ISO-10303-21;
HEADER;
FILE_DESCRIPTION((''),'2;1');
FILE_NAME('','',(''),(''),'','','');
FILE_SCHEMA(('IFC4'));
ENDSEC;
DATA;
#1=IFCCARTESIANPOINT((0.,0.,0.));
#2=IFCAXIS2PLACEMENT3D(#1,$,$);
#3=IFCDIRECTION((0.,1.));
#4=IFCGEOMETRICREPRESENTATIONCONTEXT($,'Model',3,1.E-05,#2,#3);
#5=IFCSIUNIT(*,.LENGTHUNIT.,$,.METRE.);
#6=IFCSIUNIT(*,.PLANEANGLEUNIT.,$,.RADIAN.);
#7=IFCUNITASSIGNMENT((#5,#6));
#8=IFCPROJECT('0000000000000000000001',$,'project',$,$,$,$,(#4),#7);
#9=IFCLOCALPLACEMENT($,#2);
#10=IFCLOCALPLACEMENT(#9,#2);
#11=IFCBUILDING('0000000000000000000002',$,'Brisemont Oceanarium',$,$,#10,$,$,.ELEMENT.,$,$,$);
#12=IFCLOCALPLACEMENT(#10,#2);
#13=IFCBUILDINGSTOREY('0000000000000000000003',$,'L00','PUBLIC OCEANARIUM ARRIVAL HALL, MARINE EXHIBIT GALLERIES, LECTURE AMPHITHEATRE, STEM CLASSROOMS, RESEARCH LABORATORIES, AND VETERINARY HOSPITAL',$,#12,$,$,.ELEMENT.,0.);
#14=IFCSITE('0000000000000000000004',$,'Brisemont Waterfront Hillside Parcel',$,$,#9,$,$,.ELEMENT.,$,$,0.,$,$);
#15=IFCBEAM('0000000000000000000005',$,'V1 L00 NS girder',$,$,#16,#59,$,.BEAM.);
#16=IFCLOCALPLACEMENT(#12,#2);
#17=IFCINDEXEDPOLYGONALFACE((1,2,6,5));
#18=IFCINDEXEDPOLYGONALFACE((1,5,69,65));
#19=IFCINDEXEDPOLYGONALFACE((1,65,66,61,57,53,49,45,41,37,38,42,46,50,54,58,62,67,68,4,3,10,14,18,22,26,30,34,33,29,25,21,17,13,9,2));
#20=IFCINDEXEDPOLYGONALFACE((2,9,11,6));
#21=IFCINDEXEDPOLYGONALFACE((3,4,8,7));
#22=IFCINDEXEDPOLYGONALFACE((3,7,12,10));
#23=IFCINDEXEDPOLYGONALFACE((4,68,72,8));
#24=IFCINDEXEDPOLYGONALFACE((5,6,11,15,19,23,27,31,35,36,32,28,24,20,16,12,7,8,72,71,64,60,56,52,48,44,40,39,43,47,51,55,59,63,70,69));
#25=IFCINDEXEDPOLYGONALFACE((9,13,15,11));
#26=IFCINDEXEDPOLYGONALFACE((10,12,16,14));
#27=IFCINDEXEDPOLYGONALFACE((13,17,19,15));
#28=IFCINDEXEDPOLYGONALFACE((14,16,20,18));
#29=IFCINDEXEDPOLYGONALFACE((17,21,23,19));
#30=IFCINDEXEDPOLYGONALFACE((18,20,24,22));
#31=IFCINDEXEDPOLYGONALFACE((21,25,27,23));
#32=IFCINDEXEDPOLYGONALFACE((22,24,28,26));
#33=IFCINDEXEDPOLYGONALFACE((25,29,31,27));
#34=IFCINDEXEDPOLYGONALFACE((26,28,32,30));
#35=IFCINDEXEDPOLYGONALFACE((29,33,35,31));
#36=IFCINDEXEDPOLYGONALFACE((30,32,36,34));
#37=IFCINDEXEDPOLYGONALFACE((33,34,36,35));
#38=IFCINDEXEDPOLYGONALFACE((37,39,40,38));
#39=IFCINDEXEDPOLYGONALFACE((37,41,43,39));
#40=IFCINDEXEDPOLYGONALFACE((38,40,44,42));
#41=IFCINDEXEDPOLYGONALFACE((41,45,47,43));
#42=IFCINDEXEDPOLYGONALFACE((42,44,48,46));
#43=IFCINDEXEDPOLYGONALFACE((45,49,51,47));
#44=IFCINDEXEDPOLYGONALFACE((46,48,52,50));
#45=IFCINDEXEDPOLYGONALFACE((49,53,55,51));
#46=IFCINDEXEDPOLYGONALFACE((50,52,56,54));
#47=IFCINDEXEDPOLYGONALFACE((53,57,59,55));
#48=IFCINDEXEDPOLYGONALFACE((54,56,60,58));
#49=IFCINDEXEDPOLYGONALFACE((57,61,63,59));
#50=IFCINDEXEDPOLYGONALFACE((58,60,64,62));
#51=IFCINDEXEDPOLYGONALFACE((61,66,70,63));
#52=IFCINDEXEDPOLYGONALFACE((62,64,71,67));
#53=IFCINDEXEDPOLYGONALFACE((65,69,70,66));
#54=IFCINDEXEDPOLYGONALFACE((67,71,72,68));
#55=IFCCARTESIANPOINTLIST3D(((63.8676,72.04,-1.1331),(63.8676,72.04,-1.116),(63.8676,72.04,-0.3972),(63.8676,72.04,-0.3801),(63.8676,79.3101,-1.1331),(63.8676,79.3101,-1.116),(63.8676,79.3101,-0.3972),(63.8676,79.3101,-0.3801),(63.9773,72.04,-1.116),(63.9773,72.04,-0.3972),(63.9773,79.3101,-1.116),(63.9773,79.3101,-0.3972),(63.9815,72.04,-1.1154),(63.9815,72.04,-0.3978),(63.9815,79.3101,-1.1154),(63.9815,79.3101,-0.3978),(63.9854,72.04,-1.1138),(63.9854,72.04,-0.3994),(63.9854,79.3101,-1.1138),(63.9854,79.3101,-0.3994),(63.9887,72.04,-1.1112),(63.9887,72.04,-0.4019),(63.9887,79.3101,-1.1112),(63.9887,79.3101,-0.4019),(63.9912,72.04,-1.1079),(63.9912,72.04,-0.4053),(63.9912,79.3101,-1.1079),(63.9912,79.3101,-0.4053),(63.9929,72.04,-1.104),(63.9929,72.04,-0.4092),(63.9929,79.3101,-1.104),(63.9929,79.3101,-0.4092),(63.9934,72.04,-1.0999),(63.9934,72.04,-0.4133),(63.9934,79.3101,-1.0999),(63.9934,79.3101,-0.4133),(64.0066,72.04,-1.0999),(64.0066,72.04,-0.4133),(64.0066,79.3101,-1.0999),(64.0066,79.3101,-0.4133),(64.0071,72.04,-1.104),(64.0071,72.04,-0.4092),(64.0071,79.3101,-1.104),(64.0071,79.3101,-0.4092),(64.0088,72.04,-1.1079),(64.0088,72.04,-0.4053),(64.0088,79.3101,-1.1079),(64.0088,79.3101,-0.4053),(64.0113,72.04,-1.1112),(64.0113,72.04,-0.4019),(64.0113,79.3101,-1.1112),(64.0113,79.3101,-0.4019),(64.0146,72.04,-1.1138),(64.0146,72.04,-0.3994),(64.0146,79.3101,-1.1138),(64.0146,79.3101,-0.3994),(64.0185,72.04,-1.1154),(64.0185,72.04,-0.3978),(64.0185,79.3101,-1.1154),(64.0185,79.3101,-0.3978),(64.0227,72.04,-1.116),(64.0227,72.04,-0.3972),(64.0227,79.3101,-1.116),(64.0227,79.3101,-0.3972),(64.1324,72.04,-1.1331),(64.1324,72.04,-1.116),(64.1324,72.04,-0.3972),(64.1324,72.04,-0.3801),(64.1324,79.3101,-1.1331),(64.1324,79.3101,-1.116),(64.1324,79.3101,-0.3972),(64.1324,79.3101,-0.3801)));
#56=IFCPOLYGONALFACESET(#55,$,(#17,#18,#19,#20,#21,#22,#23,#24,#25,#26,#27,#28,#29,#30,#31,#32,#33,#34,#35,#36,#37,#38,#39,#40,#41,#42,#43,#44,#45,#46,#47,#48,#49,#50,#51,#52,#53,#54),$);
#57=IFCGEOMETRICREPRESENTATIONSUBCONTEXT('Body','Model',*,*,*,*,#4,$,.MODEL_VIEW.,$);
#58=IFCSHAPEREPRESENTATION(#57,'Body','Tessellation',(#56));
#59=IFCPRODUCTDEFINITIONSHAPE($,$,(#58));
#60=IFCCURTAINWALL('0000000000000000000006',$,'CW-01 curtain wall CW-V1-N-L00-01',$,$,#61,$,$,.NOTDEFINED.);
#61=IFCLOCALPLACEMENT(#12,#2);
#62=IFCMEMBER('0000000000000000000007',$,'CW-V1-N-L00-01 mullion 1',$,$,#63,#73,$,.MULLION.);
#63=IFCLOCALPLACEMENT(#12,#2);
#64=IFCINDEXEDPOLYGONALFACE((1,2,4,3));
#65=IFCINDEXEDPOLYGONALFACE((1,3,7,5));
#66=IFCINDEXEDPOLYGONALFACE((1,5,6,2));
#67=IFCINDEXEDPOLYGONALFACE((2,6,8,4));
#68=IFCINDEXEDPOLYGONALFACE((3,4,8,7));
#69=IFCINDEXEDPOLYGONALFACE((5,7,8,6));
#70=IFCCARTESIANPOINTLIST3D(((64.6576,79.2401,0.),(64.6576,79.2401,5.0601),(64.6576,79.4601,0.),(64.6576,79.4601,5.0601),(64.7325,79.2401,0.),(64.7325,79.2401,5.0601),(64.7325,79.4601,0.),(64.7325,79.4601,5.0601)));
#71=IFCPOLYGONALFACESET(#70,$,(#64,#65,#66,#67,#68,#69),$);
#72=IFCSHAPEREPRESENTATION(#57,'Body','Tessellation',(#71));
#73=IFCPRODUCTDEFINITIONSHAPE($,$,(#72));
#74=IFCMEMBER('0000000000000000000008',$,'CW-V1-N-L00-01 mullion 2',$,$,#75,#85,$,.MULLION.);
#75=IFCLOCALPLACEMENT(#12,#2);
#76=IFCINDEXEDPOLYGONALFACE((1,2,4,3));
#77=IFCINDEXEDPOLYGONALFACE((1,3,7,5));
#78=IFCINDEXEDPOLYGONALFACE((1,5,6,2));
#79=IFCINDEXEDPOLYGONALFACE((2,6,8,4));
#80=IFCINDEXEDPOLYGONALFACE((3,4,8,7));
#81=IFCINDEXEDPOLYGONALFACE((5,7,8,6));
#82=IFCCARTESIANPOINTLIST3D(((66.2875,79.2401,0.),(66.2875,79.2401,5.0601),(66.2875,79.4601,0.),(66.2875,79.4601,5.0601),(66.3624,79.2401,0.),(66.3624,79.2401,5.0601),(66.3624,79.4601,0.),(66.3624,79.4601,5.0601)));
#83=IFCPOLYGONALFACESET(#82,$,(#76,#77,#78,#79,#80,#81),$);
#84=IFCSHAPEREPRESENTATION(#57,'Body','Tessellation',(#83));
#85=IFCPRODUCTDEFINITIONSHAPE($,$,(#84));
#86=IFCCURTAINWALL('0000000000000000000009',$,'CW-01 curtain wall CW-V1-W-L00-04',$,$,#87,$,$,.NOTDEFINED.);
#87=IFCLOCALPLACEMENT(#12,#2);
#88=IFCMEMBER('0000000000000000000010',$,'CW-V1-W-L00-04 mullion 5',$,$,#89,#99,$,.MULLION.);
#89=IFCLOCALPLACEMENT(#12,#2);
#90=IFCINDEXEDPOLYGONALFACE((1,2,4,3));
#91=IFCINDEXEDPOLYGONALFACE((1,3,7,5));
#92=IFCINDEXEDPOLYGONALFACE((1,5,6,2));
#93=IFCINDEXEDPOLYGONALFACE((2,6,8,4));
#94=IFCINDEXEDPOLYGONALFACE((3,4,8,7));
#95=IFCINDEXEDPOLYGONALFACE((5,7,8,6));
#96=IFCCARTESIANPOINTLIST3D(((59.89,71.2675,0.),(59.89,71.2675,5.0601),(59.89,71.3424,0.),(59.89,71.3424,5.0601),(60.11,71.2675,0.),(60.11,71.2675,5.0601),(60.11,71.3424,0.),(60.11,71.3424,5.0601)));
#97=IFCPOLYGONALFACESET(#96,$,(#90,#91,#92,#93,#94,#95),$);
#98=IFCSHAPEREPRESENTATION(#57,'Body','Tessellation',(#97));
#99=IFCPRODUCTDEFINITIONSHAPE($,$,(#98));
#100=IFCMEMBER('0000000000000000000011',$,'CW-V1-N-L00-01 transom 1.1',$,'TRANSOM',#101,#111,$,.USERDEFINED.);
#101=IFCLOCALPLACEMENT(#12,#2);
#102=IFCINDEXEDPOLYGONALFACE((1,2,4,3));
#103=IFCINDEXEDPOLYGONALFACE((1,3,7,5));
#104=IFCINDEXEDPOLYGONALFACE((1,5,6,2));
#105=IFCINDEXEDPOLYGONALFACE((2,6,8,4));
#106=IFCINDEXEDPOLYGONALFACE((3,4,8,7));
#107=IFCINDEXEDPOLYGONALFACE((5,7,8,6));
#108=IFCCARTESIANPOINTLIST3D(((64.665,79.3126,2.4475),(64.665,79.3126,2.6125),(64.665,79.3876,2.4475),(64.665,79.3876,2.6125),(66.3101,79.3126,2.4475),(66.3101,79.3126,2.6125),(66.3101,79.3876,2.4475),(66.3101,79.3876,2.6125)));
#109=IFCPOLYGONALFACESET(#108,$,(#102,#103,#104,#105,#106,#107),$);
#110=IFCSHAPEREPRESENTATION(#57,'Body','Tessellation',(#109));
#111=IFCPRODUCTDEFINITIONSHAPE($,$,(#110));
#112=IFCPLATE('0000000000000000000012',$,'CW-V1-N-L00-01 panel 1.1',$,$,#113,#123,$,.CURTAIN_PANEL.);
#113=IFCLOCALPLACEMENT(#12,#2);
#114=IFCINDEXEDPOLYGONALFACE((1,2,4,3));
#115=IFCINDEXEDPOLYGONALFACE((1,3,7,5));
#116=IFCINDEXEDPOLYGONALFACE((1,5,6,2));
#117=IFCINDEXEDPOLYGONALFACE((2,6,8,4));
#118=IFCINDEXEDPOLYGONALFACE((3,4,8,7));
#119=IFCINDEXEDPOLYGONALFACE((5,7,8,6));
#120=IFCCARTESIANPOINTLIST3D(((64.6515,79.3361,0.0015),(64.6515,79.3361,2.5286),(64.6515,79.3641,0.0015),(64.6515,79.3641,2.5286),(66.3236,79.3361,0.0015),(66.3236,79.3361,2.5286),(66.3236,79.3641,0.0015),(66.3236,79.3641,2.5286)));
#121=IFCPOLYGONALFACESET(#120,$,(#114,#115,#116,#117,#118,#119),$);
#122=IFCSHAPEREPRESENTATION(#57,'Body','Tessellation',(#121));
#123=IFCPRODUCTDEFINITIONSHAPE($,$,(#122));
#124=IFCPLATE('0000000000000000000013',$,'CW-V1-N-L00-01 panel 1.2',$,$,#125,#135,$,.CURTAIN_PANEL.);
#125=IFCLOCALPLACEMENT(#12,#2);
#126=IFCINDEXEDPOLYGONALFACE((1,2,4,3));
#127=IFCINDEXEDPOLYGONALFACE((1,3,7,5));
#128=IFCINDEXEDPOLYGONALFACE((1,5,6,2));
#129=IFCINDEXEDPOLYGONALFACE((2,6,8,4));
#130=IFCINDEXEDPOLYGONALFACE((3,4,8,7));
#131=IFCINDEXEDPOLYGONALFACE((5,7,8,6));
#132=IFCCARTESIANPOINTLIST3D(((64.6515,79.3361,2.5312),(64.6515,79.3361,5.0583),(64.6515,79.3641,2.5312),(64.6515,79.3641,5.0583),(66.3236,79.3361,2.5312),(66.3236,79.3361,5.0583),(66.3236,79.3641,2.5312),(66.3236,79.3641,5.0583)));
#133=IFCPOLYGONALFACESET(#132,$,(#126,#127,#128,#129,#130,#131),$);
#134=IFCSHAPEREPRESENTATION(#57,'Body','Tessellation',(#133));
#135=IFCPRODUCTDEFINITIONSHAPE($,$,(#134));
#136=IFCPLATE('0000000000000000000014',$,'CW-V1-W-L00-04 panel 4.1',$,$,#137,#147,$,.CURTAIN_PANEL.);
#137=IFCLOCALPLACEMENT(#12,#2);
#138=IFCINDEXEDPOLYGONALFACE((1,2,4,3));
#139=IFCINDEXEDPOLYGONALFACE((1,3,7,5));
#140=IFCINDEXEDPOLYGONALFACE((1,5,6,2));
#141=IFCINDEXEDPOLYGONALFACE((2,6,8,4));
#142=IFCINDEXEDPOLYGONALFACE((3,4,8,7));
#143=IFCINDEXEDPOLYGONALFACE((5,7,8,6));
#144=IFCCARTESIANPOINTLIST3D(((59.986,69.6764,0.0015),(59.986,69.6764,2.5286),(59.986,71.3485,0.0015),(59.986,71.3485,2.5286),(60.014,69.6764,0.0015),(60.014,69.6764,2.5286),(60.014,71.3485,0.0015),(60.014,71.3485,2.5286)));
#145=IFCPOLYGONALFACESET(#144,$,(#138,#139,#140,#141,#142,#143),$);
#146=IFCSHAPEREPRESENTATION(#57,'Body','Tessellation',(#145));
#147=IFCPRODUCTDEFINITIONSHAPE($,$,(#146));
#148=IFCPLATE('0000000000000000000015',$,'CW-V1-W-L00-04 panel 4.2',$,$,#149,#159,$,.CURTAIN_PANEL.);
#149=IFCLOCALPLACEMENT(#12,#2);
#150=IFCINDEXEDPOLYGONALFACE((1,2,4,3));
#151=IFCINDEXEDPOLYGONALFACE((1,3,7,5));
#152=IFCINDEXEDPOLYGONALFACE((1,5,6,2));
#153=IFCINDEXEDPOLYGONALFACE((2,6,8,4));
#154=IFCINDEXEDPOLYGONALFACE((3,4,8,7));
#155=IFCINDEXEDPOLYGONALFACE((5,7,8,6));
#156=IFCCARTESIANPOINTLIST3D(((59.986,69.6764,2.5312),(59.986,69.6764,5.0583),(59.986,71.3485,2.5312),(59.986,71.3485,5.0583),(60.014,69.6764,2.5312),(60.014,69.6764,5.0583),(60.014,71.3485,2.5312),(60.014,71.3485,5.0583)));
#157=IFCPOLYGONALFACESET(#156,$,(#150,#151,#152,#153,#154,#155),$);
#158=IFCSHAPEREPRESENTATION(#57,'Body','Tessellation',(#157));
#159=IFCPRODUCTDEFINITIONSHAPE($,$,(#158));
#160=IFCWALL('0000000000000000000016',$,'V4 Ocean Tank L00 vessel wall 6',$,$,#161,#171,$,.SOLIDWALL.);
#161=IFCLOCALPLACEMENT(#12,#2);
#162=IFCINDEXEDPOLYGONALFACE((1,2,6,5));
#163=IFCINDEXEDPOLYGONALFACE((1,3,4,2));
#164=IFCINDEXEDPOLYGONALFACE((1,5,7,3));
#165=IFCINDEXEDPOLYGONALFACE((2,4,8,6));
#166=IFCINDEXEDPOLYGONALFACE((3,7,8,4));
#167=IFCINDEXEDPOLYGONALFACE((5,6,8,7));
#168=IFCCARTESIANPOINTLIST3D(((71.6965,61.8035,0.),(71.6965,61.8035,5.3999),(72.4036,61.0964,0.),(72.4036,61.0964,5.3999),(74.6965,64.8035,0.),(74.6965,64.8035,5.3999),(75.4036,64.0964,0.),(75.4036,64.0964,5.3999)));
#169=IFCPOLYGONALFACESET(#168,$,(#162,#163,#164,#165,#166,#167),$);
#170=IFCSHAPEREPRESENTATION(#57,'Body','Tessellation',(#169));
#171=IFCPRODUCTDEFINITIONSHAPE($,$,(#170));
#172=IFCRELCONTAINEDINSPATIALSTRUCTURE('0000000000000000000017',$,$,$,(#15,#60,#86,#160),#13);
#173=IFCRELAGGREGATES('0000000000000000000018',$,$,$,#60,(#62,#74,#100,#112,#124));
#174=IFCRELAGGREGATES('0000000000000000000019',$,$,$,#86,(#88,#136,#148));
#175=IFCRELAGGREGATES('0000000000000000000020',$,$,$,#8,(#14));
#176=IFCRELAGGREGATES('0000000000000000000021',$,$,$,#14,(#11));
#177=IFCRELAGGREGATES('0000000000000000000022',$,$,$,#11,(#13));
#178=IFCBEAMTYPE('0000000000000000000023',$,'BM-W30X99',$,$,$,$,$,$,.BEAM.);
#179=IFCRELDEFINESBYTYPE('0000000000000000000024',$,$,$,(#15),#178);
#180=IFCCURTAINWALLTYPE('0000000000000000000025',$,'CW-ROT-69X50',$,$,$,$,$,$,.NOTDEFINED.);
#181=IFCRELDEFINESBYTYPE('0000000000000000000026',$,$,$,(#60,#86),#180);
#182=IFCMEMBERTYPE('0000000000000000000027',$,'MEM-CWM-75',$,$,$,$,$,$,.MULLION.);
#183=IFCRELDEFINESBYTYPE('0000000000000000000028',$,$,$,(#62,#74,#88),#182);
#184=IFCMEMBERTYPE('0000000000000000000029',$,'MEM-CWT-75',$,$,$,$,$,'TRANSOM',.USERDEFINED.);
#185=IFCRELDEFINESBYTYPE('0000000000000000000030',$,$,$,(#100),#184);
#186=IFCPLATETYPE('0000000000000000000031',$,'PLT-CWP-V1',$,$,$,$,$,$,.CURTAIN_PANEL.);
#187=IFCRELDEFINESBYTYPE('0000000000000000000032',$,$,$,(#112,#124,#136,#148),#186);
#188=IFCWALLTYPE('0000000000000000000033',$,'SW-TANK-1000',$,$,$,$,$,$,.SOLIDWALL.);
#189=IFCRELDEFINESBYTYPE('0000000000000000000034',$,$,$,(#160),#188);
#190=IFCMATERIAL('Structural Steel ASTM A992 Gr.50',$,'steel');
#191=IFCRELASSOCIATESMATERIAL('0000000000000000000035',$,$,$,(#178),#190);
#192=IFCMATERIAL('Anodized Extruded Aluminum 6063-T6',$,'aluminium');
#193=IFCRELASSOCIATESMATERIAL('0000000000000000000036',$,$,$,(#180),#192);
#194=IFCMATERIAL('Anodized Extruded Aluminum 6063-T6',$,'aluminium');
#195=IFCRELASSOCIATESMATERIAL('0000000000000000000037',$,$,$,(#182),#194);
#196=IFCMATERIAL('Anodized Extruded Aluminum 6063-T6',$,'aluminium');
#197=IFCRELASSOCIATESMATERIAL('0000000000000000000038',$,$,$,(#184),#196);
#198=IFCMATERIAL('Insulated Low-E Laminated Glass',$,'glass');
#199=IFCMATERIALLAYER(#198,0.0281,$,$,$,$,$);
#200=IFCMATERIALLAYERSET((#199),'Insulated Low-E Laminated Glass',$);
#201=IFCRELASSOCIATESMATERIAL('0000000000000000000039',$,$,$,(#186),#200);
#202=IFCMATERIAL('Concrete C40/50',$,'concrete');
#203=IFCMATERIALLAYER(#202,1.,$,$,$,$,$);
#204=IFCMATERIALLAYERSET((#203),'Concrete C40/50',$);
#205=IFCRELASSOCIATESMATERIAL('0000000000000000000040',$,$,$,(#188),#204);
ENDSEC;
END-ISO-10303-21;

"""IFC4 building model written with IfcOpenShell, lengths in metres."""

from ifc_helpers import new_model, si_unit, direction, frame, frame_2d, origin, origin_2d, place, context, subcontext, project, spatial, rectangle, i_section, extrude, material, layer, layer_set, material_profile, profile_set, type_object, element, aggregate, save


model = new_model("IFC4")

# Units and contexts
model_context = context("Model", 3, precision=1e-05, world=origin(), true_north=direction((0.0, 1.0)))
body_context = subcontext(model_context, "Body", "Model", "MODEL_VIEW")
ifc_project = project(units=[si_unit("LENGTHUNIT", "METRE"), si_unit("PLANEANGLEUNIT", "RADIAN")], contexts=[model_context])

# Site, building, storey
site_placement = place(None, origin())
site = spatial("IfcSite", under=ifc_project, at=site_placement, Name="Brisemont Waterfront Hillside Parcel", CompositionType="ELEMENT", RefElevation=0.0)
building_placement = place(site_placement, origin())
building = spatial("IfcBuilding", under=site, at=building_placement, Name="Brisemont Oceanarium", CompositionType="ELEMENT")
storey_placement = place(building_placement, origin())
storey = spatial("IfcBuildingStorey", under=building, at=storey_placement, Name="L00", Description="PUBLIC OCEANARIUM ARRIVAL HALL, MARINE EXHIBIT GALLERIES, LECTURE AMPHITHEATRE, STEM CLASSROOMS, RESEARCH LABORATORIES, AND VETERINARY HOSPITAL", CompositionType="ELEMENT", Elevation=0.0)

# Beam
ifc_material_1 = material(Name="Structural Steel ASTM A992 Gr.50", Category="steel")
ifc_material_profile_1 = material_profile(ifc_material_1, i_section(OverallWidth=0.2649, OverallDepth=0.7529, WebThickness=0.0132, FlangeThickness=0.0171, FilletRadius=0.0161, at=origin_2d()), Name="W30X99")
ifc_profile_set_1 = profile_set([ifc_material_profile_1], Name="Structural Steel ASTM A992 Gr.50")
beam_type_1 = type_object("IfcBeamType", Name="BM-W30X99", PredefinedType="BEAM", material=ifc_profile_set_1)
beam_1_placement = place(storey_placement, frame((64.0, 72.04, -0.7566), z_axis=(0.0, 1.0, 0.0), x_axis=(-1.0, 0.0, 0.0)))
element("IfcBeam", 1, at=beam_1_placement, inside=storey, type_object=beam_type_1, Name="V1 L00 NS girder", PredefinedType="BEAM", context=body_context, shape_type="SweptSolid", body=[
    extrude(i_section(OverallWidth=0.2649, OverallDepth=0.7529, WebThickness=0.0132, FlangeThickness=0.0171, FilletRadius=0.0161, at=origin_2d()), origin(), (0.0, 0.0, 1.0), 7.27),
])

# Curtain wall, members
ifc_material_2 = material(Name="Anodized Extruded Aluminum 6063-T6", Category="aluminium")
curtain_wall_type = type_object("IfcCurtainWallType", Name="CW-ROT-69X50", PredefinedType="NOTDEFINED", material=ifc_material_2)
curtain_wall_1_placement = place(storey_placement, origin())
curtain_wall_1 = element("IfcCurtainWall", 2, at=curtain_wall_1_placement, inside=storey, type_object=curtain_wall_type, Name="CW-01 curtain wall CW-V1-N-L00-01", PredefinedType="NOTDEFINED")
ifc_material_3 = material(Name="Anodized Extruded Aluminum 6063-T6", Category="aluminium")
ifc_material_profile_2 = material_profile(ifc_material_3, rectangle(XDim=0.075, YDim=0.22, at=origin_2d()), Name="CWM-75X220")
ifc_profile_set_2 = profile_set([ifc_material_profile_2], Name="Anodized Extruded Aluminum 6063-T6")
member_type_1 = type_object("IfcMemberType", Name="MEM-CWM-75", PredefinedType="MULLION", material=ifc_profile_set_2)
member_1_placement = place(storey_placement, frame((64.6951, 79.3501, 0.0), z_axis=(0.0, 0.0, 1.0), x_axis=(1.0, 0.0, 0.0)))
member_1 = element("IfcMember", 3, at=member_1_placement, type_object=member_type_1, Name="CW-V1-N-L00-01 mullion 1", PredefinedType="MULLION", context=body_context, shape_type="SweptSolid", body=[
    extrude(rectangle(XDim=0.075, YDim=0.22, at=origin_2d()), origin(), (0.0, 0.0, 1.0), 5.0601),
])
member_2_placement = place(storey_placement, frame((66.325, 79.3501, 0.0), z_axis=(0.0, 0.0, 1.0), x_axis=(1.0, 0.0, 0.0)))
member_2 = element("IfcMember", 4, at=member_2_placement, type_object=member_type_1, Name="CW-V1-N-L00-01 mullion 2", PredefinedType="MULLION", context=body_context, shape_type="SweptSolid", body=[
    extrude(rectangle(XDim=0.075, YDim=0.22, at=origin_2d()), origin(), (0.0, 0.0, 1.0), 5.0601),
])

# Curtain wall, member
curtain_wall_2_placement = place(storey_placement, origin())
curtain_wall_2 = element("IfcCurtainWall", 5, at=curtain_wall_2_placement, inside=storey, type_object=curtain_wall_type, Name="CW-01 curtain wall CW-V1-W-L00-04", PredefinedType="NOTDEFINED")
member_3_placement = place(storey_placement, frame((60.0, 71.3049, 0.0), z_axis=(0.0, 0.0, 1.0), x_axis=(0.0, 1.0, 0.0)))
member_3 = element("IfcMember", 6, at=member_3_placement, type_object=member_type_1, Name="CW-V1-W-L00-04 mullion 5", PredefinedType="MULLION", context=body_context, shape_type="SweptSolid", body=[
    extrude(rectangle(XDim=0.075, YDim=0.22, at=origin_2d()), origin(), (0.0, 0.0, 1.0), 5.0601),
])

# Member
ifc_material_4 = material(Name="Anodized Extruded Aluminum 6063-T6", Category="aluminium")
ifc_material_profile_3 = material_profile(ifc_material_4, rectangle(XDim=0.075, YDim=0.165, at=origin_2d()), Name="CWT-75X165")
ifc_profile_set_3 = profile_set([ifc_material_profile_3], Name="Anodized Extruded Aluminum 6063-T6")
member_type_2 = type_object("IfcMemberType", Name="MEM-CWT-75", ElementType="TRANSOM", PredefinedType="USERDEFINED", material=ifc_profile_set_3)
member_4_placement = place(storey_placement, frame((64.665, 79.3501, 2.53), z_axis=(1.0, 0.0, 0.0), x_axis=(0.0, 1.0, 0.0)))
member_4 = element("IfcMember", 7, at=member_4_placement, type_object=member_type_2, Name="CW-V1-N-L00-01 transom 1.1", ObjectType="TRANSOM", PredefinedType="USERDEFINED", context=body_context, shape_type="SweptSolid", body=[
    extrude(rectangle(XDim=0.075, YDim=0.165, at=origin_2d()), origin(), (0.0, 0.0, 1.0), 1.645),
])

# Plates
ifc_material_5 = material(Name="Insulated Low-E Laminated Glass", Category="glass")
ifc_layer_1 = layer(ifc_material_5, 0.0281)
ifc_layer_set_1 = layer_set([ifc_layer_1], Name="Insulated Low-E Laminated Glass")
plate_type = type_object("IfcPlateType", Name="PLT-CWP-V1", PredefinedType="CURTAIN_PANEL", material=ifc_layer_set_1)
plate_1_placement = place(storey_placement, frame((65.4875, 79.3501, 0.0015), z_axis=(0.0, 0.0, 1.0), x_axis=(1.0, 0.0, 0.0)))
plate_1 = element("IfcPlate", 8, at=plate_1_placement, type_object=plate_type, Name="CW-V1-N-L00-01 panel 1.1", PredefinedType="CURTAIN_PANEL", context=body_context, shape_type="SweptSolid", body=[
    extrude(rectangle(XDim=1.6721, YDim=0.0281, at=origin_2d()), origin(), (0.0, 0.0, 1.0), 2.5271),
])
plate_2_placement = place(storey_placement, frame((65.4875, 79.3501, 2.5312), z_axis=(0.0, 0.0, 1.0), x_axis=(1.0, 0.0, 0.0)))
plate_2 = element("IfcPlate", 9, at=plate_2_placement, type_object=plate_type, Name="CW-V1-N-L00-01 panel 1.2", PredefinedType="CURTAIN_PANEL", context=body_context, shape_type="SweptSolid", body=[
    extrude(rectangle(XDim=1.6721, YDim=0.0281, at=origin_2d()), origin(), (0.0, 0.0, 1.0), 2.5271),
])
aggregate(curtain_wall_1, [member_1, member_2, member_4, plate_1, plate_2])
plate_3_placement = place(storey_placement, frame((60.0, 70.5125, 0.0015), z_axis=(0.0, 0.0, 1.0), x_axis=(0.0, 1.0, 0.0)))
plate_3 = element("IfcPlate", 10, at=plate_3_placement, type_object=plate_type, Name="CW-V1-W-L00-04 panel 4.1", PredefinedType="CURTAIN_PANEL", context=body_context, shape_type="SweptSolid", body=[
    extrude(rectangle(XDim=1.6721, YDim=0.0281, at=origin_2d()), origin(), (0.0, 0.0, 1.0), 2.5271),
])
plate_4_placement = place(storey_placement, frame((60.0, 70.5125, 2.5312), z_axis=(0.0, 0.0, 1.0), x_axis=(0.0, 1.0, 0.0)))
plate_4 = element("IfcPlate", 11, at=plate_4_placement, type_object=plate_type, Name="CW-V1-W-L00-04 panel 4.2", PredefinedType="CURTAIN_PANEL", context=body_context, shape_type="SweptSolid", body=[
    extrude(rectangle(XDim=1.6721, YDim=0.0281, at=origin_2d()), origin(), (0.0, 0.0, 1.0), 2.5271),
])
aggregate(curtain_wall_2, [member_3, plate_3, plate_4])

# Wall
ifc_material_6 = material(Name="Concrete C40/50", Category="concrete")
ifc_layer_2 = layer(ifc_material_6, 1.0)
ifc_layer_set_2 = layer_set([ifc_layer_2], Name="Concrete C40/50")
wall_type = type_object("IfcWallType", Name="SW-TANK-1000", PredefinedType="SOLIDWALL", material=ifc_layer_set_2)
wall_1_placement = place(storey_placement, frame((75.05, 64.45, 0.0), z_axis=(0.0, 0.0, 1.0), x_axis=(-0.707107, -0.707107, 0.0)))
element("IfcWall", 12, at=wall_1_placement, inside=storey, type_object=wall_type, Name="V4 Ocean Tank L00 vessel wall 6", PredefinedType="SOLIDWALL", context=body_context, shape_type="SweptSolid", body=[
    extrude(rectangle(XDim=4.2427, YDim=1.0, at=frame_2d((2.1213, 0.0))), origin(), (0.0, 0.0, 1.0), 5.3999),
])

save(model, "model.ifc")
